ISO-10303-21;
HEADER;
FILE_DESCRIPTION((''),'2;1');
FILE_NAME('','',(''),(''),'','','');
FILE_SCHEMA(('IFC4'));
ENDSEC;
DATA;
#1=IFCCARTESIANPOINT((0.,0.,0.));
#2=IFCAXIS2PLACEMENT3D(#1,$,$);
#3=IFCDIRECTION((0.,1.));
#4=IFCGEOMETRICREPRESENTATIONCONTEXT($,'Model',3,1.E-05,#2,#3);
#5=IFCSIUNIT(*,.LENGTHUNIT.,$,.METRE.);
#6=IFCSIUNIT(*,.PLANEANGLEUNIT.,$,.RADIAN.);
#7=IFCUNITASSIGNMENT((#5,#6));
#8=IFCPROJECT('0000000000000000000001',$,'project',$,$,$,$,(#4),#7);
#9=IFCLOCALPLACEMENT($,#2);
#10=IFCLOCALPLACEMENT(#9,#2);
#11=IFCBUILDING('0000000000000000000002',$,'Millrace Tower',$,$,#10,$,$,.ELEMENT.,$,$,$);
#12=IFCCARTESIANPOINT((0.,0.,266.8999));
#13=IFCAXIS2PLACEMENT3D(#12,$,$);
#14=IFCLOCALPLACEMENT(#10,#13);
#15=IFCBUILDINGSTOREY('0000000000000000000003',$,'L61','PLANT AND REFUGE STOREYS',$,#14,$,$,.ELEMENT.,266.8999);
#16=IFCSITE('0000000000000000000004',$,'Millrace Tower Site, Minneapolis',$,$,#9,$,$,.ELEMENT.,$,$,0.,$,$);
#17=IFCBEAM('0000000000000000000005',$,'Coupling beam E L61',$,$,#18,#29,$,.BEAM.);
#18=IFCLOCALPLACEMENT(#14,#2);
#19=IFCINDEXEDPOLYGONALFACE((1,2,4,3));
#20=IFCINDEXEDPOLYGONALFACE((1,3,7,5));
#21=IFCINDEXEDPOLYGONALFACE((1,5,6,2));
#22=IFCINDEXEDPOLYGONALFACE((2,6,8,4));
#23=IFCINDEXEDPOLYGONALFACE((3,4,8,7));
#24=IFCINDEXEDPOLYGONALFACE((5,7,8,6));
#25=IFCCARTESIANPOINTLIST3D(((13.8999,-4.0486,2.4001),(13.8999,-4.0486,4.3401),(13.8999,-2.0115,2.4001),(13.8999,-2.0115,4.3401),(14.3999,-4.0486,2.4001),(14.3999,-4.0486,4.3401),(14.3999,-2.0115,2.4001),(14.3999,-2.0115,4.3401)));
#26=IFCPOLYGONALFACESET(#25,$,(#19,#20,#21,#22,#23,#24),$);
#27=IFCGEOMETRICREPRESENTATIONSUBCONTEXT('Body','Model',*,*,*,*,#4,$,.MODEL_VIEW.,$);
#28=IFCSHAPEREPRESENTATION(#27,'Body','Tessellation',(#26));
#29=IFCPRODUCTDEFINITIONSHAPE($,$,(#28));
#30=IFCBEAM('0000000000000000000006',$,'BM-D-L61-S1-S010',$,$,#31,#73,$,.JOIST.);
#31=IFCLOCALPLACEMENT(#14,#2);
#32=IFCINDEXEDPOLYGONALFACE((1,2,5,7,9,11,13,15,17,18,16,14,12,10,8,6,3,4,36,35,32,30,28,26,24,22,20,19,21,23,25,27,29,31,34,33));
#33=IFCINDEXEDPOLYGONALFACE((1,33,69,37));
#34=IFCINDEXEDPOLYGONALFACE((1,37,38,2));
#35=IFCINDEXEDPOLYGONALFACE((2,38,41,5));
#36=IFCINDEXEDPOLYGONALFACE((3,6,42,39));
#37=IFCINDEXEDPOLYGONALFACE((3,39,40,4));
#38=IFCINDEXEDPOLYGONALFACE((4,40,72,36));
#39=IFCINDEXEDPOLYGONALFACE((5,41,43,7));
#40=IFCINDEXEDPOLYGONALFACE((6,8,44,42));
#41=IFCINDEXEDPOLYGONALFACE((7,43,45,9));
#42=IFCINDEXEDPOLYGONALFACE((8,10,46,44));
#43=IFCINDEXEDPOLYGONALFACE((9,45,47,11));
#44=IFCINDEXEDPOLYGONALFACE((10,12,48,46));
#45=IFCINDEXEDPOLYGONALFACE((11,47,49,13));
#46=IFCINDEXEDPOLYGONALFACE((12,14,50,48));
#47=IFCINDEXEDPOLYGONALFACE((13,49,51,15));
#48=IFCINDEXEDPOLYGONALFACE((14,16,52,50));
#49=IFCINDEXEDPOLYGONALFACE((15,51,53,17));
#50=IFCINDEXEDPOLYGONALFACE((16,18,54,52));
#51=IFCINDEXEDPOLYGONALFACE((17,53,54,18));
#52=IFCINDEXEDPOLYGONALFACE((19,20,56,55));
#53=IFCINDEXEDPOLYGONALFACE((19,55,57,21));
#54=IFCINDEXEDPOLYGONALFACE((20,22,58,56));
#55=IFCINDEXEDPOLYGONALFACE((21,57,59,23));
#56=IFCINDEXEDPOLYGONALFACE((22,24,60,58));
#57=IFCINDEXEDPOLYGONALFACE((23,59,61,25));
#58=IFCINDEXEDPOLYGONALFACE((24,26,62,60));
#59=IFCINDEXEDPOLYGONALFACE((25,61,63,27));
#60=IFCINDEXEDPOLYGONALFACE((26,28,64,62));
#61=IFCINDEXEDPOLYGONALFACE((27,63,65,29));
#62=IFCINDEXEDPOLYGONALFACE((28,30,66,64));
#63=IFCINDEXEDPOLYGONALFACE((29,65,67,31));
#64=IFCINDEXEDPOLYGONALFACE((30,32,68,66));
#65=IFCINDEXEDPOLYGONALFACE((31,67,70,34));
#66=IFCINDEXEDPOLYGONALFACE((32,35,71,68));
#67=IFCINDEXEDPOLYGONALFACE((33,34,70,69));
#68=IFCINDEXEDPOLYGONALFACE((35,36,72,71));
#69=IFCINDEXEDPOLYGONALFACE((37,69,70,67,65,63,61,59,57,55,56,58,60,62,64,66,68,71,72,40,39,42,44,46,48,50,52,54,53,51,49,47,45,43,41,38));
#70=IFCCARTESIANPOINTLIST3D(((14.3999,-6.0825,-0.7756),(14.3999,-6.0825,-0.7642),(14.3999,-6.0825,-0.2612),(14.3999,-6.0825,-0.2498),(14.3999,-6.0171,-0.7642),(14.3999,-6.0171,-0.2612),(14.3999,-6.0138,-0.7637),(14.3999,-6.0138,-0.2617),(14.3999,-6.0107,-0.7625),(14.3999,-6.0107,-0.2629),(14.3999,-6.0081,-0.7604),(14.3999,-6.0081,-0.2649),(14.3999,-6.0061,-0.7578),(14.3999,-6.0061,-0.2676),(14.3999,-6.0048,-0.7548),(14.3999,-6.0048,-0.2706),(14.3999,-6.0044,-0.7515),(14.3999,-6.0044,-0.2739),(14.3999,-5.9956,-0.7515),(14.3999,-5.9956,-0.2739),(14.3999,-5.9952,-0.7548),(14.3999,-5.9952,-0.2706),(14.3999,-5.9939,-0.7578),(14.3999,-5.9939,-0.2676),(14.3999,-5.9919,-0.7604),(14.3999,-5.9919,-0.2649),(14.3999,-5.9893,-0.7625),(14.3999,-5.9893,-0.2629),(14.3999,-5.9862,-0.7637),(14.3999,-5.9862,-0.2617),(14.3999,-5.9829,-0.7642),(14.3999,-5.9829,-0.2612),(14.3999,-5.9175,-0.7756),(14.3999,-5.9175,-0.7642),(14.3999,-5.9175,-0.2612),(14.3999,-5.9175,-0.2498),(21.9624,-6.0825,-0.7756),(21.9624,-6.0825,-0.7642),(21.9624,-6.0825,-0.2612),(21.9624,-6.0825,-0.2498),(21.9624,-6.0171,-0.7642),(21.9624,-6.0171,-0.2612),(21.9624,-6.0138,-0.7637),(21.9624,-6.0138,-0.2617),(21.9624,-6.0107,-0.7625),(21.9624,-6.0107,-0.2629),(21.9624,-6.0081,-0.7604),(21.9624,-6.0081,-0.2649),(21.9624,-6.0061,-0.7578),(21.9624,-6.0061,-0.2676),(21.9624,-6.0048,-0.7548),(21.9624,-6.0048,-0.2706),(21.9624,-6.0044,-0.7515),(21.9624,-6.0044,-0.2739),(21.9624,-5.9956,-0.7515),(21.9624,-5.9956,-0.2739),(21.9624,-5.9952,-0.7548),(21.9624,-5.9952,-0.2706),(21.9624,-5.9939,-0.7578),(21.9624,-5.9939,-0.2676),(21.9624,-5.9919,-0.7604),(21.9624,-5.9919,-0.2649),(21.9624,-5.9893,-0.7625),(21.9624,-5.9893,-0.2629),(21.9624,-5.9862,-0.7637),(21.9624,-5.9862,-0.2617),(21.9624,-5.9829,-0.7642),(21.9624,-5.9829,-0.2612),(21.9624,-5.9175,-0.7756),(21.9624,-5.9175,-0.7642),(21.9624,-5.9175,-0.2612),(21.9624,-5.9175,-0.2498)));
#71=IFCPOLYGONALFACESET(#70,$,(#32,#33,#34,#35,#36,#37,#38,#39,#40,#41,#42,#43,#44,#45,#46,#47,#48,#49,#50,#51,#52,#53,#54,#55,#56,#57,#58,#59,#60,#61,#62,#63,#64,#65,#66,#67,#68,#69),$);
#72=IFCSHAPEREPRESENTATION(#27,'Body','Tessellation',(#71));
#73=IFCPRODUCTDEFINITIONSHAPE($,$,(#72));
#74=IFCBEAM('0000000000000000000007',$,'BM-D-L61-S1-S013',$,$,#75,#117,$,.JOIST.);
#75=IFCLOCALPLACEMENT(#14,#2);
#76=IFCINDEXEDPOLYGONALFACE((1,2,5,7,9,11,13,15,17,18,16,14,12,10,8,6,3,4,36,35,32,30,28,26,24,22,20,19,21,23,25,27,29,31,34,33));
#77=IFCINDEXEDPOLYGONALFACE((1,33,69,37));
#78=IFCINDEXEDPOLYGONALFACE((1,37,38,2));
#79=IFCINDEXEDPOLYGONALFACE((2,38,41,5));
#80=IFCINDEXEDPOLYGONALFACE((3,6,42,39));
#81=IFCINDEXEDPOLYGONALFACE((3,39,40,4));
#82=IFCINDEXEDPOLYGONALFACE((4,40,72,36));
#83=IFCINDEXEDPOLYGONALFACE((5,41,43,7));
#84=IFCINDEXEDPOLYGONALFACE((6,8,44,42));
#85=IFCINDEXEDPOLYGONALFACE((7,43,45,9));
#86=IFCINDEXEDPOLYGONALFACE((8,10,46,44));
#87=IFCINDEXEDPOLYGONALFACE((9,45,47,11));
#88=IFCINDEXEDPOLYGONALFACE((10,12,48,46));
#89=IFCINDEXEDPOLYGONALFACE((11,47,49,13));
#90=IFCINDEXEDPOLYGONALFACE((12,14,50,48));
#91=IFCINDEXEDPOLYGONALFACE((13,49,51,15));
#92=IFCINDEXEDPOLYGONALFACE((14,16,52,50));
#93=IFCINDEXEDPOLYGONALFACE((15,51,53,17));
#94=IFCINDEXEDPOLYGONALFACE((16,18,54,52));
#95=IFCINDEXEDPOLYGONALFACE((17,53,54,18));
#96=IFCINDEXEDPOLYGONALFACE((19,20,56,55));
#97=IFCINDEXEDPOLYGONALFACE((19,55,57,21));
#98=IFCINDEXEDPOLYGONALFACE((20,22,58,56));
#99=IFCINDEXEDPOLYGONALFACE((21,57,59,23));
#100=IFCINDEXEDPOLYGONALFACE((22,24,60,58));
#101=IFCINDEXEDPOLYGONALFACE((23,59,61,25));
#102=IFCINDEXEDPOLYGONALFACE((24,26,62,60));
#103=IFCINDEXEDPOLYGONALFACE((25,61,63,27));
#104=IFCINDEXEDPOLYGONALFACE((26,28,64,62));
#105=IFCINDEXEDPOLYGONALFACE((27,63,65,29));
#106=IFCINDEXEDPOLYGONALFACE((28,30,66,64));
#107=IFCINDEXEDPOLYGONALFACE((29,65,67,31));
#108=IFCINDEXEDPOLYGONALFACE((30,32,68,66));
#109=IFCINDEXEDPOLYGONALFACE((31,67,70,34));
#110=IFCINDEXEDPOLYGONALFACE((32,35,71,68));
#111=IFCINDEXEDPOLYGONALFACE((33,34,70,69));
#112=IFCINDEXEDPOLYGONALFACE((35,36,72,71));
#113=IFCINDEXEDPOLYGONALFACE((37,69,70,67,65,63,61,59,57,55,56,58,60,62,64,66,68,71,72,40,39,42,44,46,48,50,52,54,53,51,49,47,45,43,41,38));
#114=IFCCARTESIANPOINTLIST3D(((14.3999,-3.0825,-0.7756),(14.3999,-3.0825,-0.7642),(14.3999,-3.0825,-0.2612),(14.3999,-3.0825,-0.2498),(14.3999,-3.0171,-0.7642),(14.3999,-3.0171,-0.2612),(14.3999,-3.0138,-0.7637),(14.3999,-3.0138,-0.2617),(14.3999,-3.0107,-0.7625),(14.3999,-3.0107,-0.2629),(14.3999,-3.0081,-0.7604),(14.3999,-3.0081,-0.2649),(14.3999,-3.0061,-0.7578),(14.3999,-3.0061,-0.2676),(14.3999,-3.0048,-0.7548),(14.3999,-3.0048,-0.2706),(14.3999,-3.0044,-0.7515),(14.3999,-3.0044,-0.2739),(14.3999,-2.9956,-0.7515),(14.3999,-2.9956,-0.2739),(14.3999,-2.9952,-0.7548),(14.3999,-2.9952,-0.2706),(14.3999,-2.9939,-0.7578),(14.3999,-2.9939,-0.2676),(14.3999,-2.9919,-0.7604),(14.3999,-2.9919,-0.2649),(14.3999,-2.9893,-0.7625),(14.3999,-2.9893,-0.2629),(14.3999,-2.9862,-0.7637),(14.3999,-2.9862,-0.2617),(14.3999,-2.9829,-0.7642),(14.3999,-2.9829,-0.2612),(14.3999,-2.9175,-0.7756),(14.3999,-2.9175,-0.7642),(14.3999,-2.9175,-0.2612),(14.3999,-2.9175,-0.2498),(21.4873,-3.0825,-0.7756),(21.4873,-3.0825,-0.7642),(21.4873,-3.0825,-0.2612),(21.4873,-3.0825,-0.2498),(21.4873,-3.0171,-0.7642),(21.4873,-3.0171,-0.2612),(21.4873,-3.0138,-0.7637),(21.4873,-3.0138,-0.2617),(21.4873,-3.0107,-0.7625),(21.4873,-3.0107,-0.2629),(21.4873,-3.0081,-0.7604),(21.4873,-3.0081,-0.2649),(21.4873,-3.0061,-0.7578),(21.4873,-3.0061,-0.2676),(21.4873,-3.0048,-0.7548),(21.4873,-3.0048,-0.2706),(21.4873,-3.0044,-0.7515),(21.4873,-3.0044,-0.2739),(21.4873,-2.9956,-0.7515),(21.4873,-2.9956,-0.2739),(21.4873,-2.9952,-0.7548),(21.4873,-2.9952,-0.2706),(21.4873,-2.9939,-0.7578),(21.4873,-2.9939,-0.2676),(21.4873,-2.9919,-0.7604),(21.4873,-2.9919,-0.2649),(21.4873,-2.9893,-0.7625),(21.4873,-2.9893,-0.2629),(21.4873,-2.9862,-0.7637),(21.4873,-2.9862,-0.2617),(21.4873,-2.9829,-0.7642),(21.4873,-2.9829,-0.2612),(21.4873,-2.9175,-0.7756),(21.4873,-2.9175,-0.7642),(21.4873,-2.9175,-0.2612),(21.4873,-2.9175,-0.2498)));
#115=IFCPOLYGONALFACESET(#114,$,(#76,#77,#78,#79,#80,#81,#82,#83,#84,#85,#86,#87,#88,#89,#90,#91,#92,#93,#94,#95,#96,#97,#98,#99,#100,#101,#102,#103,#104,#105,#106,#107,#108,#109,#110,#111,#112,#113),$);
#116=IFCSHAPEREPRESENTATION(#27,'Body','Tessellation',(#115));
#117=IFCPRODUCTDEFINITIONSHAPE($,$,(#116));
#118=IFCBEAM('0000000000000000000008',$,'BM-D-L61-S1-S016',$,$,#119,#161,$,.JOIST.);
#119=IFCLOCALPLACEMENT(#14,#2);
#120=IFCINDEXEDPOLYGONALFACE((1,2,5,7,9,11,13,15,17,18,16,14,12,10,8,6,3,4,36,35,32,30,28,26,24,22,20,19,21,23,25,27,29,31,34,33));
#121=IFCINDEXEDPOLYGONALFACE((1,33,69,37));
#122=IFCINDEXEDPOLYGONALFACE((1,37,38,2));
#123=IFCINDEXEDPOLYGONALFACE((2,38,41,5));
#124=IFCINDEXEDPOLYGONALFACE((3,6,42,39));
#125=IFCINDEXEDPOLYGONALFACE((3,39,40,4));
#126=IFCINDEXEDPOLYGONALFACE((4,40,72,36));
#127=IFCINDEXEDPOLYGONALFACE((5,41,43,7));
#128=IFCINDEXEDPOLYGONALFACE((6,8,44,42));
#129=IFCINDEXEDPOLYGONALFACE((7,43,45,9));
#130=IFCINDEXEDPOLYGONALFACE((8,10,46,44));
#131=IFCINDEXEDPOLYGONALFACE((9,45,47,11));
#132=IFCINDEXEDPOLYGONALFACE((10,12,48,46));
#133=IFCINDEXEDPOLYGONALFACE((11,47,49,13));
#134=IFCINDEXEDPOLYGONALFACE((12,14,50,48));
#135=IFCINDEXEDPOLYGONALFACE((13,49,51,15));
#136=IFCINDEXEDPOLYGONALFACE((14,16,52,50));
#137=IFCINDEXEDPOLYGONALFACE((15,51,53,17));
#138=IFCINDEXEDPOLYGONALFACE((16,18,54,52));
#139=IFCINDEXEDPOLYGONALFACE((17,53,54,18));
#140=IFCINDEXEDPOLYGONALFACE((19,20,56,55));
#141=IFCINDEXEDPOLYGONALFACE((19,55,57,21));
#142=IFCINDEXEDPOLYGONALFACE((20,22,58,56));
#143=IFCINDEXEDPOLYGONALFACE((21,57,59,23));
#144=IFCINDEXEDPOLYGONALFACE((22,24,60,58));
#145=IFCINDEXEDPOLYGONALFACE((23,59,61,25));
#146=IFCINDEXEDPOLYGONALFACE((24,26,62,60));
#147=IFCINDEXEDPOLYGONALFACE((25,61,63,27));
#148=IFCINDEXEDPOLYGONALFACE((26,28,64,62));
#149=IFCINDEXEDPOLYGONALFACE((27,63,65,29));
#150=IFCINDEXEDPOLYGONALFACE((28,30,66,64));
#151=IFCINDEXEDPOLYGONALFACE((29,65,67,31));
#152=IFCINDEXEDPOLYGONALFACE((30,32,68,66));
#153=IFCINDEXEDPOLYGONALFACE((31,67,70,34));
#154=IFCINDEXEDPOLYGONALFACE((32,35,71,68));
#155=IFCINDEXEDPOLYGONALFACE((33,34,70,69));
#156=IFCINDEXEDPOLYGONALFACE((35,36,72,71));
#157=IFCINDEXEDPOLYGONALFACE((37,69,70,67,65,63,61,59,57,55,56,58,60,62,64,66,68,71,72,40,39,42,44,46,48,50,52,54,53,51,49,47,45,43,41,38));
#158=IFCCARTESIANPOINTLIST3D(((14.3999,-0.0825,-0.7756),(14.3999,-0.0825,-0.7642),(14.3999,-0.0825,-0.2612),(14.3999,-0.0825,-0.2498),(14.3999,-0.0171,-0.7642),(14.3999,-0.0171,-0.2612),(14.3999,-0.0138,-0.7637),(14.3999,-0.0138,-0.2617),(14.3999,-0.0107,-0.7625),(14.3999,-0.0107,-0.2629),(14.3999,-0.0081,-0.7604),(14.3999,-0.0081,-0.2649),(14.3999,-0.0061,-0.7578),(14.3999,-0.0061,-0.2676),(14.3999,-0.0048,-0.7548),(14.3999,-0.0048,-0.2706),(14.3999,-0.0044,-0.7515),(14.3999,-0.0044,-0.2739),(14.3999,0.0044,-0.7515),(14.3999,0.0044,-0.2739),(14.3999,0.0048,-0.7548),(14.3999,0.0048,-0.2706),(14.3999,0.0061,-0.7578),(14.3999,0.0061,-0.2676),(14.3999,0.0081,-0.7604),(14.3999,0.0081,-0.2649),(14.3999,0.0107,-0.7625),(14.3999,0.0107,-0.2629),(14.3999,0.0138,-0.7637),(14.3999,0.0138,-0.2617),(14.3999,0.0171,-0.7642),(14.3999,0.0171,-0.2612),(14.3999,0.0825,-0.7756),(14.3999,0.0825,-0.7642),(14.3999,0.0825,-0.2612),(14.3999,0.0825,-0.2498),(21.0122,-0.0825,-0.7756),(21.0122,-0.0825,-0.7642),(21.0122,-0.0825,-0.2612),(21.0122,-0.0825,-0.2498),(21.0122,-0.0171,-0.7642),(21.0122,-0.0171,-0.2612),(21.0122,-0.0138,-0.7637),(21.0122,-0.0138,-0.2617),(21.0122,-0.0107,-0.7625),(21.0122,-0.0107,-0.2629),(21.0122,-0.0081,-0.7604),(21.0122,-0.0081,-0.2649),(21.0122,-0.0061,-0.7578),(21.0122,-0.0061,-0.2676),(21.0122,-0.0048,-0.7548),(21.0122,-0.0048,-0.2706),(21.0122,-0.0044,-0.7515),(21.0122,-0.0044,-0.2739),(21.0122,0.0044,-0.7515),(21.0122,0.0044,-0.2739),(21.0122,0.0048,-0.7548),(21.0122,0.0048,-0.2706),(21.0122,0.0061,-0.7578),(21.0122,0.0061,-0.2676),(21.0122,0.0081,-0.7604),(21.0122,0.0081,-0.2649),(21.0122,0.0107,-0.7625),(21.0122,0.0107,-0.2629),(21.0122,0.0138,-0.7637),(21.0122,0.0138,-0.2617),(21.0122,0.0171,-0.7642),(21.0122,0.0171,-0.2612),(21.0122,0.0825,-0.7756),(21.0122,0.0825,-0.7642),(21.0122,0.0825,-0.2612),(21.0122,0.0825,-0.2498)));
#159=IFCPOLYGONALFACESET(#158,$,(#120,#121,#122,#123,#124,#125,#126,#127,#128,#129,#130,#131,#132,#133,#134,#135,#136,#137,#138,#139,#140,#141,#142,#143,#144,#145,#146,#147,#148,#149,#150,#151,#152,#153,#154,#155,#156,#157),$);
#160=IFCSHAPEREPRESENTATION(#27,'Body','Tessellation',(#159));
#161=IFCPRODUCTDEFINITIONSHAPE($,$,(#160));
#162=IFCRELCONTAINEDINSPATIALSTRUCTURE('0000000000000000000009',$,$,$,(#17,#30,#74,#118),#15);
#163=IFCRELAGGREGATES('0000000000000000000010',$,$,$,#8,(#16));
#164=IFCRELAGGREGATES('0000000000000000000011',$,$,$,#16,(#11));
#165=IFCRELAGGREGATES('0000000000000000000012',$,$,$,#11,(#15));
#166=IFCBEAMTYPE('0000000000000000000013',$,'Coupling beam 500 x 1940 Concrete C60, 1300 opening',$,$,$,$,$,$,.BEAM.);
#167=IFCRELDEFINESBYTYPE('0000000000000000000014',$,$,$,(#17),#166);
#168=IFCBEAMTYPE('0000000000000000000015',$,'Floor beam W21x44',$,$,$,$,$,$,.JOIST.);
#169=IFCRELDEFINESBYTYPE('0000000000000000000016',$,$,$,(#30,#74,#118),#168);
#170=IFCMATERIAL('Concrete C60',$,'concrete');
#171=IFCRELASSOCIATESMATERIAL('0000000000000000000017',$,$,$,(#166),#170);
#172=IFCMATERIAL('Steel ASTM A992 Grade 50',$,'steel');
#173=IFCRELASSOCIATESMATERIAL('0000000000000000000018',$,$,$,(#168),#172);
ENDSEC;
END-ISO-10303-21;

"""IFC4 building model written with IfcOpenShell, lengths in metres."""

from ifc_helpers import new_model, si_unit, direction, frame, origin, origin_2d, place, context, subcontext, project, spatial, rectangle, i_section, extrude, material, material_profile, profile_set, type_object, element, save


model = new_model("IFC4")

# Units and contexts
model_context = context("Model", 3, precision=1e-05, world=origin(), true_north=direction((0.0, 1.0)))
body_context = subcontext(model_context, "Body", "Model", "MODEL_VIEW")
ifc_project = project(units=[si_unit("LENGTHUNIT", "METRE"), si_unit("PLANEANGLEUNIT", "RADIAN")], contexts=[model_context])

# Site, building, storey
site_placement = place(None, origin())
site = spatial("IfcSite", under=ifc_project, at=site_placement, Name="Millrace Tower Site, Minneapolis", CompositionType="ELEMENT", RefElevation=0.0)
building_placement = place(site_placement, origin())
building = spatial("IfcBuilding", under=site, at=building_placement, Name="Millrace Tower", CompositionType="ELEMENT")
storey_placement = place(building_placement, frame((0.0, 0.0, 266.8999)))
storey = spatial("IfcBuildingStorey", under=building, at=storey_placement, Name="L61", Description="PLANT AND REFUGE STOREYS", CompositionType="ELEMENT", Elevation=266.8999)

# Beams
ifc_material_1 = material(Name="Concrete C60", Category="concrete")
ifc_material_profile_1 = material_profile(ifc_material_1, rectangle(XDim=0.5, YDim=1.9399, at=origin_2d()))
ifc_profile_set_1 = profile_set([ifc_material_profile_1], Name="Concrete C60")
beam_type_1 = type_object("IfcBeamType", Name="Coupling beam 500 x 1940 Concrete C60, 1300 opening", PredefinedType="BEAM", material=ifc_profile_set_1)
beam_1_placement = place(storey_placement, frame((14.1499, -2.0115, 3.3701), z_axis=(0.0, -1.0, 0.0), x_axis=(1.0, 0.0, 0.0)))
element("IfcBeam", 1, at=beam_1_placement, inside=storey, type_object=beam_type_1, Name="Coupling beam E L61", PredefinedType="BEAM", context=body_context, shape_type="SweptSolid", body=[
    extrude(rectangle(XDim=0.5, YDim=1.9399, at=origin_2d()), origin(), (0.0, 0.0, 1.0), 2.0371),
])
ifc_material_2 = material(Name="Steel ASTM A992 Grade 50", Category="steel")
ifc_material_profile_2 = material_profile(ifc_material_2, i_section(OverallWidth=0.165, OverallDepth=0.5259, WebThickness=0.0088, FlangeThickness=0.0115, FilletRadius=0.0127, at=origin_2d()))
ifc_profile_set_2 = profile_set([ifc_material_profile_2], Name="Steel ASTM A992 Grade 50")
beam_type_2 = type_object("IfcBeamType", Name="Floor beam W21x44", PredefinedType="JOIST", material=ifc_profile_set_2)
beam_2_placement = place(storey_placement, frame((14.3999, -6.0, -0.5127), z_axis=(1.0, 0.0, 0.0), x_axis=(0.0, 1.0, 0.0)))
element("IfcBeam", 2, at=beam_2_placement, inside=storey, type_object=beam_type_2, Name="BM-D-L61-S1-S010", PredefinedType="JOIST", context=body_context, shape_type="SweptSolid", body=[
    extrude(i_section(OverallWidth=0.165, OverallDepth=0.5259, WebThickness=0.0088, FlangeThickness=0.0115, FilletRadius=0.0127, at=origin_2d()), origin(), (0.0, 0.0, 1.0), 7.5625),
])
beam_3_placement = place(storey_placement, frame((14.3999, -3.0, -0.5127), z_axis=(1.0, 0.0, 0.0), x_axis=(0.0, 1.0, 0.0)))
element("IfcBeam", 3, at=beam_3_placement, inside=storey, type_object=beam_type_2, Name="BM-D-L61-S1-S013", PredefinedType="JOIST", context=body_context, shape_type="SweptSolid", body=[
    extrude(i_section(OverallWidth=0.165, OverallDepth=0.5259, WebThickness=0.0088, FlangeThickness=0.0115, FilletRadius=0.0127, at=origin_2d()), origin(), (0.0, 0.0, 1.0), 7.0874),
])
beam_4_placement = place(storey_placement, frame((14.3999, 0.0, -0.5127), z_axis=(1.0, 0.0, 0.0), x_axis=(0.0, 1.0, 0.0)))
element("IfcBeam", 4, at=beam_4_placement, inside=storey, type_object=beam_type_2, Name="BM-D-L61-S1-S016", PredefinedType="JOIST", context=body_context, shape_type="SweptSolid", body=[
    extrude(i_section(OverallWidth=0.165, OverallDepth=0.5259, WebThickness=0.0088, FlangeThickness=0.0115, FilletRadius=0.0127, at=origin_2d()), origin(), (0.0, 0.0, 1.0), 6.6123),
])

save(model, "model.ifc")
